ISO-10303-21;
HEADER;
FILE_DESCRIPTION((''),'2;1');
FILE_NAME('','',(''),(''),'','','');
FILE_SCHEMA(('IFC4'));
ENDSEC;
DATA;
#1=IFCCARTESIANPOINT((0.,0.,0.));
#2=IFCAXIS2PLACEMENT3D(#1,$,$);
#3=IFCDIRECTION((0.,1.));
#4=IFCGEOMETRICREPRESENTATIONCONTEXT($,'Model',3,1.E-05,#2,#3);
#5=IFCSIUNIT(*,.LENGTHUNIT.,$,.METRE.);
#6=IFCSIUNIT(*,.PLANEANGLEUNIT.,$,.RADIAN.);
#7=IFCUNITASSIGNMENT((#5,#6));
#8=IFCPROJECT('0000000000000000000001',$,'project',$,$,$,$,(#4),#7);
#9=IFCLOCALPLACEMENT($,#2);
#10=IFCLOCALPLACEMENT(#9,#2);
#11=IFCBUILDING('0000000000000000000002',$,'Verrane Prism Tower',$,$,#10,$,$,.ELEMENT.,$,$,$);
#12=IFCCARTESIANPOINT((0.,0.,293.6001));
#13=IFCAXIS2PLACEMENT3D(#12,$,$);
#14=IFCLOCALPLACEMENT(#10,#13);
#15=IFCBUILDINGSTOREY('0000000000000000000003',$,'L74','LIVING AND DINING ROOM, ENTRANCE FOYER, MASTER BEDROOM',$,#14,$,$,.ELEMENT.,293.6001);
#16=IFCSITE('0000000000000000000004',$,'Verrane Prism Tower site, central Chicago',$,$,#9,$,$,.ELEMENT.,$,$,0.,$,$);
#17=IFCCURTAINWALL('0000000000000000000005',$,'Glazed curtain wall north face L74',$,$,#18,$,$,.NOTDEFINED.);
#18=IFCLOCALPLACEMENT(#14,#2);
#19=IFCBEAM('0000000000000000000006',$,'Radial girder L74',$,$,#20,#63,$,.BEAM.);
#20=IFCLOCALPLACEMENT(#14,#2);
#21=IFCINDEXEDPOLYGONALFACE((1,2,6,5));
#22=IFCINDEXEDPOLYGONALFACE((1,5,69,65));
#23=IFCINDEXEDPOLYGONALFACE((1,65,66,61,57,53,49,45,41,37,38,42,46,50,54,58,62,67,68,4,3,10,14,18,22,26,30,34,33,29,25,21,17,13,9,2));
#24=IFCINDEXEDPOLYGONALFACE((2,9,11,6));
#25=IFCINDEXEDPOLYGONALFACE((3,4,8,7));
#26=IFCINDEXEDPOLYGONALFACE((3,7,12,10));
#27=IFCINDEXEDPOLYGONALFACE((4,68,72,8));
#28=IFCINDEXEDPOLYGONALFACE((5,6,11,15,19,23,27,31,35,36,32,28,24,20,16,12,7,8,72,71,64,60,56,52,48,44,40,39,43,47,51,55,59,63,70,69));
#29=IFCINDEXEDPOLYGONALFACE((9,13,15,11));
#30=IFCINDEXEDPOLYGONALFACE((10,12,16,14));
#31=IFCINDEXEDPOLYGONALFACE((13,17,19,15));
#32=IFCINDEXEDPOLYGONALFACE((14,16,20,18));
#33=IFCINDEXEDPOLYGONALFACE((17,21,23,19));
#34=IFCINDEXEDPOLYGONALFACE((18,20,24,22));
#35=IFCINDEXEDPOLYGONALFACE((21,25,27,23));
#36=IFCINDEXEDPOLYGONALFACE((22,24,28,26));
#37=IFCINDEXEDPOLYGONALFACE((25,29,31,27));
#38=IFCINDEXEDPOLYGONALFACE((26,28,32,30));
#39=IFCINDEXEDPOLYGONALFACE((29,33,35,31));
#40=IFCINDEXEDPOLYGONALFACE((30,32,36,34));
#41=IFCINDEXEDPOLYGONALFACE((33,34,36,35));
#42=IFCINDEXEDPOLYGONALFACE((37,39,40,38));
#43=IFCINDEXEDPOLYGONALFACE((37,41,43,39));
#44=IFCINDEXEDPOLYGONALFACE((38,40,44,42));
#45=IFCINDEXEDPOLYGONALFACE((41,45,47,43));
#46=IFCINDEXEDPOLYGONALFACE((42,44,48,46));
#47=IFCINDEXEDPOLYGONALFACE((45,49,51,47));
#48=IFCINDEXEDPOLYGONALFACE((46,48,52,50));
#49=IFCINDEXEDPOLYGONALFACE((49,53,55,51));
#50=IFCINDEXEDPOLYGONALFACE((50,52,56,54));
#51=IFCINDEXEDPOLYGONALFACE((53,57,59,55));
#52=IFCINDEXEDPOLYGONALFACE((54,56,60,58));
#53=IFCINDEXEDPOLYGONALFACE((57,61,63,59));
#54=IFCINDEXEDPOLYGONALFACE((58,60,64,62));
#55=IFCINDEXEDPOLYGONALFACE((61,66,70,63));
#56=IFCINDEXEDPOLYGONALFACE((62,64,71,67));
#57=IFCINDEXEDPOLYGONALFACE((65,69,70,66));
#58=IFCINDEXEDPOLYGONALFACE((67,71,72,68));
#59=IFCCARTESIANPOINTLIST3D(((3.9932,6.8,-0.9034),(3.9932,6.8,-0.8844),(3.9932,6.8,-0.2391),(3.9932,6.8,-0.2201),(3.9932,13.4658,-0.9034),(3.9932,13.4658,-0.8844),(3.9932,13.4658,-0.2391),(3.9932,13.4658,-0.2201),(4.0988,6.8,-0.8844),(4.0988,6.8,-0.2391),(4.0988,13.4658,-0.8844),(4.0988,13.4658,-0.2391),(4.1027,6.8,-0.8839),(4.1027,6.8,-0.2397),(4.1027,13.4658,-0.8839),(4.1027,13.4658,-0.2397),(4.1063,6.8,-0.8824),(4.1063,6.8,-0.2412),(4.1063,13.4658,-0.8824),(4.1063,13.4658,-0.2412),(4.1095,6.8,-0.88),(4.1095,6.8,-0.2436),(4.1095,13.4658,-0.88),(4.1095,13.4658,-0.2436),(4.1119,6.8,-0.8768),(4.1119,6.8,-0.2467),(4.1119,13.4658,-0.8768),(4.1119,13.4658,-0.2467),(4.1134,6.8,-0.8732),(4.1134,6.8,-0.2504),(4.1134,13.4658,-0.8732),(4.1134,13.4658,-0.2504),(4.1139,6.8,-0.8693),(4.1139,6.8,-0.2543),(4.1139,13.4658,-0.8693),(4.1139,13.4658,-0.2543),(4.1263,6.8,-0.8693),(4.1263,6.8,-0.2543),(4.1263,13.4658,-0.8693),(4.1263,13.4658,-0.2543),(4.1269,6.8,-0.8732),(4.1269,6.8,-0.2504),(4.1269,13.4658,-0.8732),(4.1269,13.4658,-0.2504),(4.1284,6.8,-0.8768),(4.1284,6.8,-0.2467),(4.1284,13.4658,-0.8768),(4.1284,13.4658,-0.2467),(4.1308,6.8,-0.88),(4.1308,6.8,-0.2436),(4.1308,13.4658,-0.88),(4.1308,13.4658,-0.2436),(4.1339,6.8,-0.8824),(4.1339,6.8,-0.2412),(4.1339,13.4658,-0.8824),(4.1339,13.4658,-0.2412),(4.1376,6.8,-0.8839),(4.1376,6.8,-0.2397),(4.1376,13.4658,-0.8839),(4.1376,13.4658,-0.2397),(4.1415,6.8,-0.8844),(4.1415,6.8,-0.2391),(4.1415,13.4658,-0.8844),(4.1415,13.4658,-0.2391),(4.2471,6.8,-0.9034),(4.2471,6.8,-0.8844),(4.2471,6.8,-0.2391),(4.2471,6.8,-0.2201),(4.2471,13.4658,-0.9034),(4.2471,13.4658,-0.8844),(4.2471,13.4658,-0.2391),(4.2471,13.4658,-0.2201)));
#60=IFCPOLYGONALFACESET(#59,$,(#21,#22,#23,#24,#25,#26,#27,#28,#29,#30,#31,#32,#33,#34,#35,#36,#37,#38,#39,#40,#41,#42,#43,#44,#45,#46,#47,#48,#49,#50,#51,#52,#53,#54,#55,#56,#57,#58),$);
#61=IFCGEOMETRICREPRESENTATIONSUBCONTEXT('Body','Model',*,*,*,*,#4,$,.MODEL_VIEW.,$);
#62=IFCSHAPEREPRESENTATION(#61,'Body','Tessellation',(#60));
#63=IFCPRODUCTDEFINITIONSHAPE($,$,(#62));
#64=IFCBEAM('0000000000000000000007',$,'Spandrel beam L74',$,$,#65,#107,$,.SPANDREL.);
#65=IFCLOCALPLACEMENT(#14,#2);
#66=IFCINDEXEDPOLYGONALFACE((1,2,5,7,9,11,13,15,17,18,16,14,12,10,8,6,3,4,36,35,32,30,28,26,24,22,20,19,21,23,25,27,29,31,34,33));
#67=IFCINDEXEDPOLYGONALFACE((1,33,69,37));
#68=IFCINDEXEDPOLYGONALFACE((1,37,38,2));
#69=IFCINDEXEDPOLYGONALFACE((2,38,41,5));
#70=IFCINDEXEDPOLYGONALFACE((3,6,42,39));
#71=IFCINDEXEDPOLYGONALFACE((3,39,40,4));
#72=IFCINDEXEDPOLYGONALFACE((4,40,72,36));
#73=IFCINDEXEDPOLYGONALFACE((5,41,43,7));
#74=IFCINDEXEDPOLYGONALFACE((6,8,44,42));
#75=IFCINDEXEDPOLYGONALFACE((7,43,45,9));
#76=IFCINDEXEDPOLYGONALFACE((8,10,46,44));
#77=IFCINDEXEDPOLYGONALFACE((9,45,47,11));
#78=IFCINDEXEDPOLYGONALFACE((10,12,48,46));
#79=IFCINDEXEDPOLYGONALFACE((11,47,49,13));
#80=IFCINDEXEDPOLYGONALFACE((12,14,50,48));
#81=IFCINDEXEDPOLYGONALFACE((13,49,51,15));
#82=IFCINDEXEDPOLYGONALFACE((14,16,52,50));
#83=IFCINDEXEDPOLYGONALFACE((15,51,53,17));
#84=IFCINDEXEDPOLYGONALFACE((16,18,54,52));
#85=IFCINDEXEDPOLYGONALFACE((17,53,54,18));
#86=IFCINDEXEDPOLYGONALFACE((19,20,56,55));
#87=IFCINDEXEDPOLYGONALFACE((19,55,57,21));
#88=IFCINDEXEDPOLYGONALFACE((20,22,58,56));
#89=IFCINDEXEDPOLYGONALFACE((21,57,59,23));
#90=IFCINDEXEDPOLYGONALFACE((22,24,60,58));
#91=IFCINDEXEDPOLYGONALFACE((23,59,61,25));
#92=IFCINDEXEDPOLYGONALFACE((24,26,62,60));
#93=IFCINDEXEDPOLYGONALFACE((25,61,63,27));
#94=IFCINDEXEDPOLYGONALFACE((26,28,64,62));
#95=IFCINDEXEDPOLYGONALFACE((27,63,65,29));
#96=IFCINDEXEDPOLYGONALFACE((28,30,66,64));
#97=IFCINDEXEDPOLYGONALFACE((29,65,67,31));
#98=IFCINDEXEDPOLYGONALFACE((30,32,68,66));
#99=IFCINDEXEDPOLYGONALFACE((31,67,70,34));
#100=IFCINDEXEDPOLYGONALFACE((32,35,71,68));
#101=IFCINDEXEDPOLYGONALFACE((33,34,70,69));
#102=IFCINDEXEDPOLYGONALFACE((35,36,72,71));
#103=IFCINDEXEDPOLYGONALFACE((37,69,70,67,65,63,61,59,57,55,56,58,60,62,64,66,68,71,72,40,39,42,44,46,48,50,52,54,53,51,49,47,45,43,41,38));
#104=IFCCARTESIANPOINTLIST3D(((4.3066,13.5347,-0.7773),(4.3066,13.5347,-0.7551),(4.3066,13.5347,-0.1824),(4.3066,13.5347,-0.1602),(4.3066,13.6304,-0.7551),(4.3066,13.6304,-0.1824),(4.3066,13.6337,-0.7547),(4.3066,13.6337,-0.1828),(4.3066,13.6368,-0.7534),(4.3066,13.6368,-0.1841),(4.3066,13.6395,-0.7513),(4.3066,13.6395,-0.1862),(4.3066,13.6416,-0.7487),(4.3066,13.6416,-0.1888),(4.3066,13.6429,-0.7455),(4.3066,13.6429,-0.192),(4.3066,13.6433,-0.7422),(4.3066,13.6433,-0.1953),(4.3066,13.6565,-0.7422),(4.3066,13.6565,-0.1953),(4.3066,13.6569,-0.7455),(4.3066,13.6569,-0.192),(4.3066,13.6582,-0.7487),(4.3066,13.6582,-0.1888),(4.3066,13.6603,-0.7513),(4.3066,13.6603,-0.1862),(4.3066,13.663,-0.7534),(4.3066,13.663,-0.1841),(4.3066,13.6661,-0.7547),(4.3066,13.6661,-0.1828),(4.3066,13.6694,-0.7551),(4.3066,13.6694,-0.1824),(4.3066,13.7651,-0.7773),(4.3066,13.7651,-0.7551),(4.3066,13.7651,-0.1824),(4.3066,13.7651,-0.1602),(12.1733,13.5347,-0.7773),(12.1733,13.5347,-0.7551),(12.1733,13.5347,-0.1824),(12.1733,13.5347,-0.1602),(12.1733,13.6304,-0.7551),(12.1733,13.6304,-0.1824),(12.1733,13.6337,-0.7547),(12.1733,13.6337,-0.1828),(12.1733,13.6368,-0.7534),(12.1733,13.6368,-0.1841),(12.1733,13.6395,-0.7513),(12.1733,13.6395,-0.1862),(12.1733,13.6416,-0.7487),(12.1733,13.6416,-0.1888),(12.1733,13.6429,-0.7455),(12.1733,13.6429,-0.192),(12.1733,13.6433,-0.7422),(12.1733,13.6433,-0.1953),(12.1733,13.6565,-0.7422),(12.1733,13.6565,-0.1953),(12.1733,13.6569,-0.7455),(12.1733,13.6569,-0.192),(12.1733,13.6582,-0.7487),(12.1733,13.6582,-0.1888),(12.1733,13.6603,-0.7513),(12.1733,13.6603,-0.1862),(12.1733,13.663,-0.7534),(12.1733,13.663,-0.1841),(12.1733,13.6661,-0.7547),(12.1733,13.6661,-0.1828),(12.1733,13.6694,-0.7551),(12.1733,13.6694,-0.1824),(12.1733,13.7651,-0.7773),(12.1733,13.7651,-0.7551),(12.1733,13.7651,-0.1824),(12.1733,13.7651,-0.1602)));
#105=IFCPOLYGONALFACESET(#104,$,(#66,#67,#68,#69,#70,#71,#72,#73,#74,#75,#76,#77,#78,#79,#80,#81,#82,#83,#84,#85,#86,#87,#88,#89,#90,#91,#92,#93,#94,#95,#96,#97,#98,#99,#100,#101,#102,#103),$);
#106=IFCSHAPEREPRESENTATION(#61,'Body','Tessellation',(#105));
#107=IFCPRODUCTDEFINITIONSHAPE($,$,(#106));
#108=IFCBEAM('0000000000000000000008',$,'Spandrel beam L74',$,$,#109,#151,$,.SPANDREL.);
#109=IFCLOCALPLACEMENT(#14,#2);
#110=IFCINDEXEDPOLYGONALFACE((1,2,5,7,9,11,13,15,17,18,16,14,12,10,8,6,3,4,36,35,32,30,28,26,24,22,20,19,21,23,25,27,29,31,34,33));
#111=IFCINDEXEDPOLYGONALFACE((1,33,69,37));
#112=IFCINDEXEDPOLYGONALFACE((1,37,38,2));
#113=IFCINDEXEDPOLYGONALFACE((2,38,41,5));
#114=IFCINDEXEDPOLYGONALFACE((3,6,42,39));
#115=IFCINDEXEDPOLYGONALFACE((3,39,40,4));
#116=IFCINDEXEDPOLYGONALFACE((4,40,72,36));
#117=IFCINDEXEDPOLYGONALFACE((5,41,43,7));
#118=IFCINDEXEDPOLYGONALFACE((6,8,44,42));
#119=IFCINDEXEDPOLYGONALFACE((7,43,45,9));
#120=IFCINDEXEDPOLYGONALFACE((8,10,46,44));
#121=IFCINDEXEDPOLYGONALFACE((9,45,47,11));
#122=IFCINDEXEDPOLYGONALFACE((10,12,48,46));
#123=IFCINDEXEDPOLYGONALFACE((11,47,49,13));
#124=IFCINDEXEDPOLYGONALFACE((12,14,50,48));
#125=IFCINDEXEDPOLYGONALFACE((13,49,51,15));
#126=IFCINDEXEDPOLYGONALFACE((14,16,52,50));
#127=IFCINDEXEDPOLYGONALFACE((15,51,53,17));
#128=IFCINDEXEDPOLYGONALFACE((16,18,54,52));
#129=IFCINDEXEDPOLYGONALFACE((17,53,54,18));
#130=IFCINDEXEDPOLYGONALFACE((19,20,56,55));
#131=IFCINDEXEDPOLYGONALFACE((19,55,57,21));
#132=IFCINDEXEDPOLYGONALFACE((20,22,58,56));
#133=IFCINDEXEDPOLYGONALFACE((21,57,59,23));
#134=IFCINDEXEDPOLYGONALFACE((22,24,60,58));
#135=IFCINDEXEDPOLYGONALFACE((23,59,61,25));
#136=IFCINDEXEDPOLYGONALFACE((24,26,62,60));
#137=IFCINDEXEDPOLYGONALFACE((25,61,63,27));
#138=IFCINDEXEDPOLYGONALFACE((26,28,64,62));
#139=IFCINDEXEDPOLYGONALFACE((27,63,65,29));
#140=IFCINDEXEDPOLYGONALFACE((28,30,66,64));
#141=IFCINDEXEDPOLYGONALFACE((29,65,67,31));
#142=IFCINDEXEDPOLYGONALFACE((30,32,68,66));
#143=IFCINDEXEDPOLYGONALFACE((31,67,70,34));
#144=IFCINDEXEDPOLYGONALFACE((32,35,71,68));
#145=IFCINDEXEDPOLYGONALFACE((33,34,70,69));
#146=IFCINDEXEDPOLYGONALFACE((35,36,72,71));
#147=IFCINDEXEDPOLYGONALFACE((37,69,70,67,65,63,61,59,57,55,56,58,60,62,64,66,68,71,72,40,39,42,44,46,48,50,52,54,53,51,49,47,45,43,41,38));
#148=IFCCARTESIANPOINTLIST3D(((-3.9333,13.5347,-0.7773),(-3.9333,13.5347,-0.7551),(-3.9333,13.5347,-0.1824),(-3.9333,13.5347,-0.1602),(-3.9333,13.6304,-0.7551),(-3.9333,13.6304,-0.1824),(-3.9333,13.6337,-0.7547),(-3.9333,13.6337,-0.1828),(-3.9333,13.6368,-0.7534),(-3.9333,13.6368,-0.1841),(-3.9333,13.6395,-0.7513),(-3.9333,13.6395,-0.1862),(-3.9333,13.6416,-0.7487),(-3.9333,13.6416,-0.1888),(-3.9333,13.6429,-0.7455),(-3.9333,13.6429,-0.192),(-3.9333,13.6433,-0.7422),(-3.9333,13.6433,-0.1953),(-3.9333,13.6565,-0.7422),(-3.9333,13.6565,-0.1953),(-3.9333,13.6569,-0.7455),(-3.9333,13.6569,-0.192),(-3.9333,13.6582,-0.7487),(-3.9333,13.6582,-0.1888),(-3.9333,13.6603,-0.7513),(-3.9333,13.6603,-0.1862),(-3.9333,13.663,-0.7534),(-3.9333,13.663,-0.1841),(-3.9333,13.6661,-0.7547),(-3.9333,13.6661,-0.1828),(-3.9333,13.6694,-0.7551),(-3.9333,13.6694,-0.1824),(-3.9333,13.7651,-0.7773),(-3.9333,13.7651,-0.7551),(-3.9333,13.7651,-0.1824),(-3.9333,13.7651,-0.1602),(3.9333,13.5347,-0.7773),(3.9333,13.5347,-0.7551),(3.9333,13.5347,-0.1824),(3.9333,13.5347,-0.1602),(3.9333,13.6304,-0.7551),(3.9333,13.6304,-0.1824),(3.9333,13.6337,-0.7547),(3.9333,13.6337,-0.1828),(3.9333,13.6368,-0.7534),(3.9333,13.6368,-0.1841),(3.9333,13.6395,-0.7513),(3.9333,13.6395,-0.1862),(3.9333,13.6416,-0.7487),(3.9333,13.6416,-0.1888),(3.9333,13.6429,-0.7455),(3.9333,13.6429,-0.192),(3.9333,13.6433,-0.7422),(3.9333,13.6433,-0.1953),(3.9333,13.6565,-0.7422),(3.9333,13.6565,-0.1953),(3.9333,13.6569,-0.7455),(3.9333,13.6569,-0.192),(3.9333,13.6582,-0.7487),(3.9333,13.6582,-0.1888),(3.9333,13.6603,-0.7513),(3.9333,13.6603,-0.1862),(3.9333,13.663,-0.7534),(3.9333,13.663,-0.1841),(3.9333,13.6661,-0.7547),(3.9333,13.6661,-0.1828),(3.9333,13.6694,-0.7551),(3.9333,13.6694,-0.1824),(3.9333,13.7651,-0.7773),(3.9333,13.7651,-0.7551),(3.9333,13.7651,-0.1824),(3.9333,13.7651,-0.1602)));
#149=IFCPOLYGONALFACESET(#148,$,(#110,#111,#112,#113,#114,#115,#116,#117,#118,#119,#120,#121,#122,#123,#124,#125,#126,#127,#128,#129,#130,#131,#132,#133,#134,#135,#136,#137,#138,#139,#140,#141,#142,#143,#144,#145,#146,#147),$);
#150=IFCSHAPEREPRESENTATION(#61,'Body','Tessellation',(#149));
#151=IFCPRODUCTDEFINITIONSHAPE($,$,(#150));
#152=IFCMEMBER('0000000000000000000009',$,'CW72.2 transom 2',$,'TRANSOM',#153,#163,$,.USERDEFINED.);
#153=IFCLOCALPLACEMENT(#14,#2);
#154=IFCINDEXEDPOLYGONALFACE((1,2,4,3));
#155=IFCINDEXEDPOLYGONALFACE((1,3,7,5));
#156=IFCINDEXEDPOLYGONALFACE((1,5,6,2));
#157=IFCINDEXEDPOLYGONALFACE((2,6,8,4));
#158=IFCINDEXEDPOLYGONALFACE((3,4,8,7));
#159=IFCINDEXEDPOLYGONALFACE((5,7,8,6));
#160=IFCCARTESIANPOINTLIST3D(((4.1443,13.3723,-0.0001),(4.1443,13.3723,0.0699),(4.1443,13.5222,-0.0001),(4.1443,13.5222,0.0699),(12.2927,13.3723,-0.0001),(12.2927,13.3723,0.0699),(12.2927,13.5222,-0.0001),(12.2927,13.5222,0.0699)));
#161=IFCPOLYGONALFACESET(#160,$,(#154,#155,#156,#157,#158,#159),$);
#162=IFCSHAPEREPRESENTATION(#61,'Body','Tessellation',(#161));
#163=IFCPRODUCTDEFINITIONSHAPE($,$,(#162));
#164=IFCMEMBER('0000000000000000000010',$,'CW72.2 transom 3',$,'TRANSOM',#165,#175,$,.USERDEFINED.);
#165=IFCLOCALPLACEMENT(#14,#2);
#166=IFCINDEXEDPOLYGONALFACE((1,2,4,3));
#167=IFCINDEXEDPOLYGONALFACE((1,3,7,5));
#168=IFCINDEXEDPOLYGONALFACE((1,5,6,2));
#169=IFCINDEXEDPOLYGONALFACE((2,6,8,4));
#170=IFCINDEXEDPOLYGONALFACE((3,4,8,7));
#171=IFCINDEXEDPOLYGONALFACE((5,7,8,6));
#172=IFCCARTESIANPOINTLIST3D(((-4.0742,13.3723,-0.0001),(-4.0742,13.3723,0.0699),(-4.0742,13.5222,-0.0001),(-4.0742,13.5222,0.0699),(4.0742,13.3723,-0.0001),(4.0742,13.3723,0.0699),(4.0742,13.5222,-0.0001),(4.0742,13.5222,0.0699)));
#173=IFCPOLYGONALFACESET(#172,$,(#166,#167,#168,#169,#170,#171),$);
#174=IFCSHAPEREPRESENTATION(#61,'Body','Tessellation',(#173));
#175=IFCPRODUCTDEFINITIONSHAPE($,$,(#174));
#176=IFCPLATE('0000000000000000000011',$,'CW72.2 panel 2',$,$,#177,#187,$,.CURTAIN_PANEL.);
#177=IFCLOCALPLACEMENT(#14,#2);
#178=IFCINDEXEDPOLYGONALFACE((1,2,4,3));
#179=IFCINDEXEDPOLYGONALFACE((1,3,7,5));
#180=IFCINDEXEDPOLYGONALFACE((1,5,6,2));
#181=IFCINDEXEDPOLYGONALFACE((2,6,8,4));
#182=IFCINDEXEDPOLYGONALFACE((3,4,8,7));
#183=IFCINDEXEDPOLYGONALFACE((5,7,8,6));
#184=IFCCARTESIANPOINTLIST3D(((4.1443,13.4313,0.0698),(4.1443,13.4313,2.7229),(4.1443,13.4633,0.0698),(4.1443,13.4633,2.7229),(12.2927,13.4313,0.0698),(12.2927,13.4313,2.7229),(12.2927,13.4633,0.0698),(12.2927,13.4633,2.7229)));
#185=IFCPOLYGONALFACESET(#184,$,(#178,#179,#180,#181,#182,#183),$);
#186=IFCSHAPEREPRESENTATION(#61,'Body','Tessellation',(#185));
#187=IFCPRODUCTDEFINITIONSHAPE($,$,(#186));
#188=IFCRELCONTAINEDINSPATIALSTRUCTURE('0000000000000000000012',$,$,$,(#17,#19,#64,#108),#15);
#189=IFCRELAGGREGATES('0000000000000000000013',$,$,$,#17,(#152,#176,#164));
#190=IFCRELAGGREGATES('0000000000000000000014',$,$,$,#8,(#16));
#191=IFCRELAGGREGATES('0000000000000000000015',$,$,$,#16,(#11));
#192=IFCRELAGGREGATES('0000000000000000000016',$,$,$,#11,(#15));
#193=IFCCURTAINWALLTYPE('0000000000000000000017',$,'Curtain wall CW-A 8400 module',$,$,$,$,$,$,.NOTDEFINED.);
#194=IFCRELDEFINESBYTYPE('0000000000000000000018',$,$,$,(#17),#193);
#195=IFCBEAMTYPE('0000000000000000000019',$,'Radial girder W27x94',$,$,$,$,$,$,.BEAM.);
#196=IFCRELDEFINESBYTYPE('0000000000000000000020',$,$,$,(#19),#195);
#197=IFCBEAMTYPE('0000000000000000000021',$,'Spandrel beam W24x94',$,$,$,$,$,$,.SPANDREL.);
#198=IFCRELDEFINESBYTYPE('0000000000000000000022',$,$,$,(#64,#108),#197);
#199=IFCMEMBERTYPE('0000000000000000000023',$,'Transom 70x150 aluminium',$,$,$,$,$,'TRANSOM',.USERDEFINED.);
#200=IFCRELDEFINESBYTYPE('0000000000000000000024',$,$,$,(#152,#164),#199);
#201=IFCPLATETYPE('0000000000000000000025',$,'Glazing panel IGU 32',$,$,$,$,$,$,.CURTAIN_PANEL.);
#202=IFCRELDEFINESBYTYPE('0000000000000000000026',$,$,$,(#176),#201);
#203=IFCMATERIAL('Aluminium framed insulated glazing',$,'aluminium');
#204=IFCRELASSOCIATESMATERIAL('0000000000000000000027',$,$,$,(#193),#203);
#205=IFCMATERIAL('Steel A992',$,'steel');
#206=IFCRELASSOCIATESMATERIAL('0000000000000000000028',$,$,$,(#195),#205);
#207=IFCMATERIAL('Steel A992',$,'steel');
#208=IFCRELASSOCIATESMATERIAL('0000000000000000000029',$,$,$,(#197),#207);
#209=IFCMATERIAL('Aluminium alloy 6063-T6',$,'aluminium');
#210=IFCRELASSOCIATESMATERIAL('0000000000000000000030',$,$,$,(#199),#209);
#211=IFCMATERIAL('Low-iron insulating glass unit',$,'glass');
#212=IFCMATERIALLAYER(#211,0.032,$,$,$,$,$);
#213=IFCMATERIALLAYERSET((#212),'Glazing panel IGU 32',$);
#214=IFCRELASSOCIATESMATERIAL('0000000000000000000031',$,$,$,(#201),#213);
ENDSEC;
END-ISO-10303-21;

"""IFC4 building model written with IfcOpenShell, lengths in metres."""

from ifc_helpers import new_model, si_unit, direction, frame, origin, origin_2d, place, context, subcontext, project, spatial, rectangle, i_section, extrude, material, layer, layer_set, material_profile, profile_set, type_object, element, aggregate, save


model = new_model("IFC4")

# Units and contexts
model_context = context("Model", 3, precision=1e-05, world=origin(), true_north=direction((0.0, 1.0)))
body_context = subcontext(model_context, "Body", "Model", "MODEL_VIEW")
ifc_project = project(units=[si_unit("LENGTHUNIT", "METRE"), si_unit("PLANEANGLEUNIT", "RADIAN")], contexts=[model_context])

# Site, building, storey
site_placement = place(None, origin())
site = spatial("IfcSite", under=ifc_project, at=site_placement, Name="Verrane Prism Tower site, central Chicago", CompositionType="ELEMENT", RefElevation=0.0)
building_placement = place(site_placement, origin())
building = spatial("IfcBuilding", under=site, at=building_placement, Name="Verrane Prism Tower", CompositionType="ELEMENT")
storey_placement = place(building_placement, frame((0.0, 0.0, 293.6001)))
storey = spatial("IfcBuildingStorey", under=building, at=storey_placement, Name="L74", Description="LIVING AND DINING ROOM, ENTRANCE FOYER, MASTER BEDROOM", CompositionType="ELEMENT", Elevation=293.6001)

# Curtain wall
ifc_material_1 = material(Name="Aluminium framed insulated glazing", Category="aluminium")
curtain_wall_type = type_object("IfcCurtainWallType", Name="Curtain wall CW-A 8400 module", PredefinedType="NOTDEFINED", material=ifc_material_1)
curtain_wall_placement = place(storey_placement, origin())
curtain_wall = element("IfcCurtainWall", 1, at=curtain_wall_placement, inside=storey, type_object=curtain_wall_type, Name="Glazed curtain wall north face L74", PredefinedType="NOTDEFINED")

# Beams
ifc_material_2 = material(Name="Steel A992", Category="steel")
ifc_material_profile_1 = material_profile(ifc_material_2, i_section(OverallWidth=0.2539, OverallDepth=0.6833, WebThickness=0.0125, FlangeThickness=0.019, FilletRadius=0.0151, at=origin_2d()), Name="W27x94")
ifc_profile_set_1 = profile_set([ifc_material_profile_1], Name="Steel A992")
beam_type_1 = type_object("IfcBeamType", Name="Radial girder W27x94", PredefinedType="BEAM", material=ifc_profile_set_1)
beam_1_placement = place(storey_placement, frame((4.1201, 13.4658, -0.5618), z_axis=(0.0, -1.0, 0.0), x_axis=(1.0, 0.0, 0.0)))
element("IfcBeam", 2, at=beam_1_placement, inside=storey, type_object=beam_type_1, Name="Radial girder L74", PredefinedType="BEAM", context=body_context, shape_type="SweptSolid", body=[
    extrude(i_section(OverallWidth=0.2539, OverallDepth=0.6833, WebThickness=0.0125, FlangeThickness=0.019, FilletRadius=0.0151, at=origin_2d()), origin(), (0.0, 0.0, 1.0), 6.6658),
])
ifc_material_3 = material(Name="Steel A992", Category="steel")
ifc_material_profile_2 = material_profile(ifc_material_3, i_section(OverallWidth=0.2305, OverallDepth=0.6172, WebThickness=0.0132, FlangeThickness=0.0222, FilletRadius=0.0129, at=origin_2d()), Name="W24x94")
ifc_profile_set_2 = profile_set([ifc_material_profile_2], Name="Steel A992")
beam_type_2 = type_object("IfcBeamType", Name="Spandrel beam W24x94", PredefinedType="SPANDREL", material=ifc_profile_set_2)
for number, where, z_axis, x_axis, name in (
    (3, (12.1733, 13.6499, -0.4688), (-1.0, 0.0, 0.0), (0.0, -1.0, 0.0), "Spandrel beam L74"),
    (4, (3.9333, 13.6499, -0.4688), (-1.0, 0.0, 0.0), (0.0, -1.0, 0.0), "Spandrel beam L74"),
):
    element("IfcBeam", number, at=place(storey_placement, frame(where, z_axis=z_axis, x_axis=x_axis)), inside=storey, type_object=beam_type_2, Name=name, PredefinedType="SPANDREL", context=body_context, shape_type="SweptSolid", body=[
        extrude(i_section(OverallWidth=0.2305, OverallDepth=0.6172, WebThickness=0.0132, FlangeThickness=0.0222, FilletRadius=0.0129, at=origin_2d()), origin(), (0.0, 0.0, 1.0), 7.8667),
    ])

# Members
ifc_material_4 = material(Name="Aluminium alloy 6063-T6", Category="aluminium")
ifc_material_profile_3 = material_profile(ifc_material_4, rectangle(XDim=0.1499, YDim=0.0701, at=origin_2d()), Name="Transom 70x150 aluminium")
ifc_profile_set_3 = profile_set([ifc_material_profile_3], Name="Aluminium alloy 6063-T6")
member_type_1 = type_object("IfcMemberType", Name="Transom 70x150 aluminium", ElementType="TRANSOM", PredefinedType="USERDEFINED", material=ifc_profile_set_3)
member_1_placement = place(storey_placement, frame((12.2927, 13.4473, 0.0349), z_axis=(-1.0, 0.0, 0.0), x_axis=(0.0, -1.0, 0.0)))
member_1 = element("IfcMember", 5, at=member_1_placement, type_object=member_type_1, Name="CW72.2 transom 2", ObjectType="TRANSOM", PredefinedType="USERDEFINED", context=body_context, shape_type="SweptSolid", body=[
    extrude(rectangle(XDim=0.1499, YDim=0.0701, at=origin_2d()), origin(), (0.0, 0.0, 1.0), 8.1484),
])
member_2_placement = place(storey_placement, frame((4.0742, 13.4473, 0.0349), z_axis=(-1.0, 0.0, 0.0), x_axis=(0.0, -1.0, 0.0)))
member_2 = element("IfcMember", 6, at=member_2_placement, type_object=member_type_1, Name="CW72.2 transom 3", ObjectType="TRANSOM", PredefinedType="USERDEFINED", context=body_context, shape_type="SweptSolid", body=[
    extrude(rectangle(XDim=0.1499, YDim=0.0701, at=origin_2d()), origin(), (0.0, 0.0, 1.0), 8.1484),
])

# Plate
ifc_material_5 = material(Name="Low-iron insulating glass unit", Category="glass")
ifc_layer_1 = layer(ifc_material_5, 0.032)
ifc_layer_set_1 = layer_set([ifc_layer_1], Name="Glazing panel IGU 32")
plate_type = type_object("IfcPlateType", Name="Glazing panel IGU 32", PredefinedType="CURTAIN_PANEL", material=ifc_layer_set_1)
plate_placement = place(storey_placement, frame((8.2185, 13.4473, 0.0698), z_axis=(0.0, 0.0, 1.0), x_axis=(-1.0, 0.0, 0.0)))
plate = element("IfcPlate", 7, at=plate_placement, type_object=plate_type, Name="CW72.2 panel 2", PredefinedType="CURTAIN_PANEL", context=body_context, shape_type="SweptSolid", body=[
    extrude(rectangle(XDim=8.1484, YDim=0.032, at=origin_2d()), origin(), (0.0, 0.0, 1.0), 2.6531),
])
aggregate(curtain_wall, [member_1, plate, member_2])

save(model, "model.ifc")
